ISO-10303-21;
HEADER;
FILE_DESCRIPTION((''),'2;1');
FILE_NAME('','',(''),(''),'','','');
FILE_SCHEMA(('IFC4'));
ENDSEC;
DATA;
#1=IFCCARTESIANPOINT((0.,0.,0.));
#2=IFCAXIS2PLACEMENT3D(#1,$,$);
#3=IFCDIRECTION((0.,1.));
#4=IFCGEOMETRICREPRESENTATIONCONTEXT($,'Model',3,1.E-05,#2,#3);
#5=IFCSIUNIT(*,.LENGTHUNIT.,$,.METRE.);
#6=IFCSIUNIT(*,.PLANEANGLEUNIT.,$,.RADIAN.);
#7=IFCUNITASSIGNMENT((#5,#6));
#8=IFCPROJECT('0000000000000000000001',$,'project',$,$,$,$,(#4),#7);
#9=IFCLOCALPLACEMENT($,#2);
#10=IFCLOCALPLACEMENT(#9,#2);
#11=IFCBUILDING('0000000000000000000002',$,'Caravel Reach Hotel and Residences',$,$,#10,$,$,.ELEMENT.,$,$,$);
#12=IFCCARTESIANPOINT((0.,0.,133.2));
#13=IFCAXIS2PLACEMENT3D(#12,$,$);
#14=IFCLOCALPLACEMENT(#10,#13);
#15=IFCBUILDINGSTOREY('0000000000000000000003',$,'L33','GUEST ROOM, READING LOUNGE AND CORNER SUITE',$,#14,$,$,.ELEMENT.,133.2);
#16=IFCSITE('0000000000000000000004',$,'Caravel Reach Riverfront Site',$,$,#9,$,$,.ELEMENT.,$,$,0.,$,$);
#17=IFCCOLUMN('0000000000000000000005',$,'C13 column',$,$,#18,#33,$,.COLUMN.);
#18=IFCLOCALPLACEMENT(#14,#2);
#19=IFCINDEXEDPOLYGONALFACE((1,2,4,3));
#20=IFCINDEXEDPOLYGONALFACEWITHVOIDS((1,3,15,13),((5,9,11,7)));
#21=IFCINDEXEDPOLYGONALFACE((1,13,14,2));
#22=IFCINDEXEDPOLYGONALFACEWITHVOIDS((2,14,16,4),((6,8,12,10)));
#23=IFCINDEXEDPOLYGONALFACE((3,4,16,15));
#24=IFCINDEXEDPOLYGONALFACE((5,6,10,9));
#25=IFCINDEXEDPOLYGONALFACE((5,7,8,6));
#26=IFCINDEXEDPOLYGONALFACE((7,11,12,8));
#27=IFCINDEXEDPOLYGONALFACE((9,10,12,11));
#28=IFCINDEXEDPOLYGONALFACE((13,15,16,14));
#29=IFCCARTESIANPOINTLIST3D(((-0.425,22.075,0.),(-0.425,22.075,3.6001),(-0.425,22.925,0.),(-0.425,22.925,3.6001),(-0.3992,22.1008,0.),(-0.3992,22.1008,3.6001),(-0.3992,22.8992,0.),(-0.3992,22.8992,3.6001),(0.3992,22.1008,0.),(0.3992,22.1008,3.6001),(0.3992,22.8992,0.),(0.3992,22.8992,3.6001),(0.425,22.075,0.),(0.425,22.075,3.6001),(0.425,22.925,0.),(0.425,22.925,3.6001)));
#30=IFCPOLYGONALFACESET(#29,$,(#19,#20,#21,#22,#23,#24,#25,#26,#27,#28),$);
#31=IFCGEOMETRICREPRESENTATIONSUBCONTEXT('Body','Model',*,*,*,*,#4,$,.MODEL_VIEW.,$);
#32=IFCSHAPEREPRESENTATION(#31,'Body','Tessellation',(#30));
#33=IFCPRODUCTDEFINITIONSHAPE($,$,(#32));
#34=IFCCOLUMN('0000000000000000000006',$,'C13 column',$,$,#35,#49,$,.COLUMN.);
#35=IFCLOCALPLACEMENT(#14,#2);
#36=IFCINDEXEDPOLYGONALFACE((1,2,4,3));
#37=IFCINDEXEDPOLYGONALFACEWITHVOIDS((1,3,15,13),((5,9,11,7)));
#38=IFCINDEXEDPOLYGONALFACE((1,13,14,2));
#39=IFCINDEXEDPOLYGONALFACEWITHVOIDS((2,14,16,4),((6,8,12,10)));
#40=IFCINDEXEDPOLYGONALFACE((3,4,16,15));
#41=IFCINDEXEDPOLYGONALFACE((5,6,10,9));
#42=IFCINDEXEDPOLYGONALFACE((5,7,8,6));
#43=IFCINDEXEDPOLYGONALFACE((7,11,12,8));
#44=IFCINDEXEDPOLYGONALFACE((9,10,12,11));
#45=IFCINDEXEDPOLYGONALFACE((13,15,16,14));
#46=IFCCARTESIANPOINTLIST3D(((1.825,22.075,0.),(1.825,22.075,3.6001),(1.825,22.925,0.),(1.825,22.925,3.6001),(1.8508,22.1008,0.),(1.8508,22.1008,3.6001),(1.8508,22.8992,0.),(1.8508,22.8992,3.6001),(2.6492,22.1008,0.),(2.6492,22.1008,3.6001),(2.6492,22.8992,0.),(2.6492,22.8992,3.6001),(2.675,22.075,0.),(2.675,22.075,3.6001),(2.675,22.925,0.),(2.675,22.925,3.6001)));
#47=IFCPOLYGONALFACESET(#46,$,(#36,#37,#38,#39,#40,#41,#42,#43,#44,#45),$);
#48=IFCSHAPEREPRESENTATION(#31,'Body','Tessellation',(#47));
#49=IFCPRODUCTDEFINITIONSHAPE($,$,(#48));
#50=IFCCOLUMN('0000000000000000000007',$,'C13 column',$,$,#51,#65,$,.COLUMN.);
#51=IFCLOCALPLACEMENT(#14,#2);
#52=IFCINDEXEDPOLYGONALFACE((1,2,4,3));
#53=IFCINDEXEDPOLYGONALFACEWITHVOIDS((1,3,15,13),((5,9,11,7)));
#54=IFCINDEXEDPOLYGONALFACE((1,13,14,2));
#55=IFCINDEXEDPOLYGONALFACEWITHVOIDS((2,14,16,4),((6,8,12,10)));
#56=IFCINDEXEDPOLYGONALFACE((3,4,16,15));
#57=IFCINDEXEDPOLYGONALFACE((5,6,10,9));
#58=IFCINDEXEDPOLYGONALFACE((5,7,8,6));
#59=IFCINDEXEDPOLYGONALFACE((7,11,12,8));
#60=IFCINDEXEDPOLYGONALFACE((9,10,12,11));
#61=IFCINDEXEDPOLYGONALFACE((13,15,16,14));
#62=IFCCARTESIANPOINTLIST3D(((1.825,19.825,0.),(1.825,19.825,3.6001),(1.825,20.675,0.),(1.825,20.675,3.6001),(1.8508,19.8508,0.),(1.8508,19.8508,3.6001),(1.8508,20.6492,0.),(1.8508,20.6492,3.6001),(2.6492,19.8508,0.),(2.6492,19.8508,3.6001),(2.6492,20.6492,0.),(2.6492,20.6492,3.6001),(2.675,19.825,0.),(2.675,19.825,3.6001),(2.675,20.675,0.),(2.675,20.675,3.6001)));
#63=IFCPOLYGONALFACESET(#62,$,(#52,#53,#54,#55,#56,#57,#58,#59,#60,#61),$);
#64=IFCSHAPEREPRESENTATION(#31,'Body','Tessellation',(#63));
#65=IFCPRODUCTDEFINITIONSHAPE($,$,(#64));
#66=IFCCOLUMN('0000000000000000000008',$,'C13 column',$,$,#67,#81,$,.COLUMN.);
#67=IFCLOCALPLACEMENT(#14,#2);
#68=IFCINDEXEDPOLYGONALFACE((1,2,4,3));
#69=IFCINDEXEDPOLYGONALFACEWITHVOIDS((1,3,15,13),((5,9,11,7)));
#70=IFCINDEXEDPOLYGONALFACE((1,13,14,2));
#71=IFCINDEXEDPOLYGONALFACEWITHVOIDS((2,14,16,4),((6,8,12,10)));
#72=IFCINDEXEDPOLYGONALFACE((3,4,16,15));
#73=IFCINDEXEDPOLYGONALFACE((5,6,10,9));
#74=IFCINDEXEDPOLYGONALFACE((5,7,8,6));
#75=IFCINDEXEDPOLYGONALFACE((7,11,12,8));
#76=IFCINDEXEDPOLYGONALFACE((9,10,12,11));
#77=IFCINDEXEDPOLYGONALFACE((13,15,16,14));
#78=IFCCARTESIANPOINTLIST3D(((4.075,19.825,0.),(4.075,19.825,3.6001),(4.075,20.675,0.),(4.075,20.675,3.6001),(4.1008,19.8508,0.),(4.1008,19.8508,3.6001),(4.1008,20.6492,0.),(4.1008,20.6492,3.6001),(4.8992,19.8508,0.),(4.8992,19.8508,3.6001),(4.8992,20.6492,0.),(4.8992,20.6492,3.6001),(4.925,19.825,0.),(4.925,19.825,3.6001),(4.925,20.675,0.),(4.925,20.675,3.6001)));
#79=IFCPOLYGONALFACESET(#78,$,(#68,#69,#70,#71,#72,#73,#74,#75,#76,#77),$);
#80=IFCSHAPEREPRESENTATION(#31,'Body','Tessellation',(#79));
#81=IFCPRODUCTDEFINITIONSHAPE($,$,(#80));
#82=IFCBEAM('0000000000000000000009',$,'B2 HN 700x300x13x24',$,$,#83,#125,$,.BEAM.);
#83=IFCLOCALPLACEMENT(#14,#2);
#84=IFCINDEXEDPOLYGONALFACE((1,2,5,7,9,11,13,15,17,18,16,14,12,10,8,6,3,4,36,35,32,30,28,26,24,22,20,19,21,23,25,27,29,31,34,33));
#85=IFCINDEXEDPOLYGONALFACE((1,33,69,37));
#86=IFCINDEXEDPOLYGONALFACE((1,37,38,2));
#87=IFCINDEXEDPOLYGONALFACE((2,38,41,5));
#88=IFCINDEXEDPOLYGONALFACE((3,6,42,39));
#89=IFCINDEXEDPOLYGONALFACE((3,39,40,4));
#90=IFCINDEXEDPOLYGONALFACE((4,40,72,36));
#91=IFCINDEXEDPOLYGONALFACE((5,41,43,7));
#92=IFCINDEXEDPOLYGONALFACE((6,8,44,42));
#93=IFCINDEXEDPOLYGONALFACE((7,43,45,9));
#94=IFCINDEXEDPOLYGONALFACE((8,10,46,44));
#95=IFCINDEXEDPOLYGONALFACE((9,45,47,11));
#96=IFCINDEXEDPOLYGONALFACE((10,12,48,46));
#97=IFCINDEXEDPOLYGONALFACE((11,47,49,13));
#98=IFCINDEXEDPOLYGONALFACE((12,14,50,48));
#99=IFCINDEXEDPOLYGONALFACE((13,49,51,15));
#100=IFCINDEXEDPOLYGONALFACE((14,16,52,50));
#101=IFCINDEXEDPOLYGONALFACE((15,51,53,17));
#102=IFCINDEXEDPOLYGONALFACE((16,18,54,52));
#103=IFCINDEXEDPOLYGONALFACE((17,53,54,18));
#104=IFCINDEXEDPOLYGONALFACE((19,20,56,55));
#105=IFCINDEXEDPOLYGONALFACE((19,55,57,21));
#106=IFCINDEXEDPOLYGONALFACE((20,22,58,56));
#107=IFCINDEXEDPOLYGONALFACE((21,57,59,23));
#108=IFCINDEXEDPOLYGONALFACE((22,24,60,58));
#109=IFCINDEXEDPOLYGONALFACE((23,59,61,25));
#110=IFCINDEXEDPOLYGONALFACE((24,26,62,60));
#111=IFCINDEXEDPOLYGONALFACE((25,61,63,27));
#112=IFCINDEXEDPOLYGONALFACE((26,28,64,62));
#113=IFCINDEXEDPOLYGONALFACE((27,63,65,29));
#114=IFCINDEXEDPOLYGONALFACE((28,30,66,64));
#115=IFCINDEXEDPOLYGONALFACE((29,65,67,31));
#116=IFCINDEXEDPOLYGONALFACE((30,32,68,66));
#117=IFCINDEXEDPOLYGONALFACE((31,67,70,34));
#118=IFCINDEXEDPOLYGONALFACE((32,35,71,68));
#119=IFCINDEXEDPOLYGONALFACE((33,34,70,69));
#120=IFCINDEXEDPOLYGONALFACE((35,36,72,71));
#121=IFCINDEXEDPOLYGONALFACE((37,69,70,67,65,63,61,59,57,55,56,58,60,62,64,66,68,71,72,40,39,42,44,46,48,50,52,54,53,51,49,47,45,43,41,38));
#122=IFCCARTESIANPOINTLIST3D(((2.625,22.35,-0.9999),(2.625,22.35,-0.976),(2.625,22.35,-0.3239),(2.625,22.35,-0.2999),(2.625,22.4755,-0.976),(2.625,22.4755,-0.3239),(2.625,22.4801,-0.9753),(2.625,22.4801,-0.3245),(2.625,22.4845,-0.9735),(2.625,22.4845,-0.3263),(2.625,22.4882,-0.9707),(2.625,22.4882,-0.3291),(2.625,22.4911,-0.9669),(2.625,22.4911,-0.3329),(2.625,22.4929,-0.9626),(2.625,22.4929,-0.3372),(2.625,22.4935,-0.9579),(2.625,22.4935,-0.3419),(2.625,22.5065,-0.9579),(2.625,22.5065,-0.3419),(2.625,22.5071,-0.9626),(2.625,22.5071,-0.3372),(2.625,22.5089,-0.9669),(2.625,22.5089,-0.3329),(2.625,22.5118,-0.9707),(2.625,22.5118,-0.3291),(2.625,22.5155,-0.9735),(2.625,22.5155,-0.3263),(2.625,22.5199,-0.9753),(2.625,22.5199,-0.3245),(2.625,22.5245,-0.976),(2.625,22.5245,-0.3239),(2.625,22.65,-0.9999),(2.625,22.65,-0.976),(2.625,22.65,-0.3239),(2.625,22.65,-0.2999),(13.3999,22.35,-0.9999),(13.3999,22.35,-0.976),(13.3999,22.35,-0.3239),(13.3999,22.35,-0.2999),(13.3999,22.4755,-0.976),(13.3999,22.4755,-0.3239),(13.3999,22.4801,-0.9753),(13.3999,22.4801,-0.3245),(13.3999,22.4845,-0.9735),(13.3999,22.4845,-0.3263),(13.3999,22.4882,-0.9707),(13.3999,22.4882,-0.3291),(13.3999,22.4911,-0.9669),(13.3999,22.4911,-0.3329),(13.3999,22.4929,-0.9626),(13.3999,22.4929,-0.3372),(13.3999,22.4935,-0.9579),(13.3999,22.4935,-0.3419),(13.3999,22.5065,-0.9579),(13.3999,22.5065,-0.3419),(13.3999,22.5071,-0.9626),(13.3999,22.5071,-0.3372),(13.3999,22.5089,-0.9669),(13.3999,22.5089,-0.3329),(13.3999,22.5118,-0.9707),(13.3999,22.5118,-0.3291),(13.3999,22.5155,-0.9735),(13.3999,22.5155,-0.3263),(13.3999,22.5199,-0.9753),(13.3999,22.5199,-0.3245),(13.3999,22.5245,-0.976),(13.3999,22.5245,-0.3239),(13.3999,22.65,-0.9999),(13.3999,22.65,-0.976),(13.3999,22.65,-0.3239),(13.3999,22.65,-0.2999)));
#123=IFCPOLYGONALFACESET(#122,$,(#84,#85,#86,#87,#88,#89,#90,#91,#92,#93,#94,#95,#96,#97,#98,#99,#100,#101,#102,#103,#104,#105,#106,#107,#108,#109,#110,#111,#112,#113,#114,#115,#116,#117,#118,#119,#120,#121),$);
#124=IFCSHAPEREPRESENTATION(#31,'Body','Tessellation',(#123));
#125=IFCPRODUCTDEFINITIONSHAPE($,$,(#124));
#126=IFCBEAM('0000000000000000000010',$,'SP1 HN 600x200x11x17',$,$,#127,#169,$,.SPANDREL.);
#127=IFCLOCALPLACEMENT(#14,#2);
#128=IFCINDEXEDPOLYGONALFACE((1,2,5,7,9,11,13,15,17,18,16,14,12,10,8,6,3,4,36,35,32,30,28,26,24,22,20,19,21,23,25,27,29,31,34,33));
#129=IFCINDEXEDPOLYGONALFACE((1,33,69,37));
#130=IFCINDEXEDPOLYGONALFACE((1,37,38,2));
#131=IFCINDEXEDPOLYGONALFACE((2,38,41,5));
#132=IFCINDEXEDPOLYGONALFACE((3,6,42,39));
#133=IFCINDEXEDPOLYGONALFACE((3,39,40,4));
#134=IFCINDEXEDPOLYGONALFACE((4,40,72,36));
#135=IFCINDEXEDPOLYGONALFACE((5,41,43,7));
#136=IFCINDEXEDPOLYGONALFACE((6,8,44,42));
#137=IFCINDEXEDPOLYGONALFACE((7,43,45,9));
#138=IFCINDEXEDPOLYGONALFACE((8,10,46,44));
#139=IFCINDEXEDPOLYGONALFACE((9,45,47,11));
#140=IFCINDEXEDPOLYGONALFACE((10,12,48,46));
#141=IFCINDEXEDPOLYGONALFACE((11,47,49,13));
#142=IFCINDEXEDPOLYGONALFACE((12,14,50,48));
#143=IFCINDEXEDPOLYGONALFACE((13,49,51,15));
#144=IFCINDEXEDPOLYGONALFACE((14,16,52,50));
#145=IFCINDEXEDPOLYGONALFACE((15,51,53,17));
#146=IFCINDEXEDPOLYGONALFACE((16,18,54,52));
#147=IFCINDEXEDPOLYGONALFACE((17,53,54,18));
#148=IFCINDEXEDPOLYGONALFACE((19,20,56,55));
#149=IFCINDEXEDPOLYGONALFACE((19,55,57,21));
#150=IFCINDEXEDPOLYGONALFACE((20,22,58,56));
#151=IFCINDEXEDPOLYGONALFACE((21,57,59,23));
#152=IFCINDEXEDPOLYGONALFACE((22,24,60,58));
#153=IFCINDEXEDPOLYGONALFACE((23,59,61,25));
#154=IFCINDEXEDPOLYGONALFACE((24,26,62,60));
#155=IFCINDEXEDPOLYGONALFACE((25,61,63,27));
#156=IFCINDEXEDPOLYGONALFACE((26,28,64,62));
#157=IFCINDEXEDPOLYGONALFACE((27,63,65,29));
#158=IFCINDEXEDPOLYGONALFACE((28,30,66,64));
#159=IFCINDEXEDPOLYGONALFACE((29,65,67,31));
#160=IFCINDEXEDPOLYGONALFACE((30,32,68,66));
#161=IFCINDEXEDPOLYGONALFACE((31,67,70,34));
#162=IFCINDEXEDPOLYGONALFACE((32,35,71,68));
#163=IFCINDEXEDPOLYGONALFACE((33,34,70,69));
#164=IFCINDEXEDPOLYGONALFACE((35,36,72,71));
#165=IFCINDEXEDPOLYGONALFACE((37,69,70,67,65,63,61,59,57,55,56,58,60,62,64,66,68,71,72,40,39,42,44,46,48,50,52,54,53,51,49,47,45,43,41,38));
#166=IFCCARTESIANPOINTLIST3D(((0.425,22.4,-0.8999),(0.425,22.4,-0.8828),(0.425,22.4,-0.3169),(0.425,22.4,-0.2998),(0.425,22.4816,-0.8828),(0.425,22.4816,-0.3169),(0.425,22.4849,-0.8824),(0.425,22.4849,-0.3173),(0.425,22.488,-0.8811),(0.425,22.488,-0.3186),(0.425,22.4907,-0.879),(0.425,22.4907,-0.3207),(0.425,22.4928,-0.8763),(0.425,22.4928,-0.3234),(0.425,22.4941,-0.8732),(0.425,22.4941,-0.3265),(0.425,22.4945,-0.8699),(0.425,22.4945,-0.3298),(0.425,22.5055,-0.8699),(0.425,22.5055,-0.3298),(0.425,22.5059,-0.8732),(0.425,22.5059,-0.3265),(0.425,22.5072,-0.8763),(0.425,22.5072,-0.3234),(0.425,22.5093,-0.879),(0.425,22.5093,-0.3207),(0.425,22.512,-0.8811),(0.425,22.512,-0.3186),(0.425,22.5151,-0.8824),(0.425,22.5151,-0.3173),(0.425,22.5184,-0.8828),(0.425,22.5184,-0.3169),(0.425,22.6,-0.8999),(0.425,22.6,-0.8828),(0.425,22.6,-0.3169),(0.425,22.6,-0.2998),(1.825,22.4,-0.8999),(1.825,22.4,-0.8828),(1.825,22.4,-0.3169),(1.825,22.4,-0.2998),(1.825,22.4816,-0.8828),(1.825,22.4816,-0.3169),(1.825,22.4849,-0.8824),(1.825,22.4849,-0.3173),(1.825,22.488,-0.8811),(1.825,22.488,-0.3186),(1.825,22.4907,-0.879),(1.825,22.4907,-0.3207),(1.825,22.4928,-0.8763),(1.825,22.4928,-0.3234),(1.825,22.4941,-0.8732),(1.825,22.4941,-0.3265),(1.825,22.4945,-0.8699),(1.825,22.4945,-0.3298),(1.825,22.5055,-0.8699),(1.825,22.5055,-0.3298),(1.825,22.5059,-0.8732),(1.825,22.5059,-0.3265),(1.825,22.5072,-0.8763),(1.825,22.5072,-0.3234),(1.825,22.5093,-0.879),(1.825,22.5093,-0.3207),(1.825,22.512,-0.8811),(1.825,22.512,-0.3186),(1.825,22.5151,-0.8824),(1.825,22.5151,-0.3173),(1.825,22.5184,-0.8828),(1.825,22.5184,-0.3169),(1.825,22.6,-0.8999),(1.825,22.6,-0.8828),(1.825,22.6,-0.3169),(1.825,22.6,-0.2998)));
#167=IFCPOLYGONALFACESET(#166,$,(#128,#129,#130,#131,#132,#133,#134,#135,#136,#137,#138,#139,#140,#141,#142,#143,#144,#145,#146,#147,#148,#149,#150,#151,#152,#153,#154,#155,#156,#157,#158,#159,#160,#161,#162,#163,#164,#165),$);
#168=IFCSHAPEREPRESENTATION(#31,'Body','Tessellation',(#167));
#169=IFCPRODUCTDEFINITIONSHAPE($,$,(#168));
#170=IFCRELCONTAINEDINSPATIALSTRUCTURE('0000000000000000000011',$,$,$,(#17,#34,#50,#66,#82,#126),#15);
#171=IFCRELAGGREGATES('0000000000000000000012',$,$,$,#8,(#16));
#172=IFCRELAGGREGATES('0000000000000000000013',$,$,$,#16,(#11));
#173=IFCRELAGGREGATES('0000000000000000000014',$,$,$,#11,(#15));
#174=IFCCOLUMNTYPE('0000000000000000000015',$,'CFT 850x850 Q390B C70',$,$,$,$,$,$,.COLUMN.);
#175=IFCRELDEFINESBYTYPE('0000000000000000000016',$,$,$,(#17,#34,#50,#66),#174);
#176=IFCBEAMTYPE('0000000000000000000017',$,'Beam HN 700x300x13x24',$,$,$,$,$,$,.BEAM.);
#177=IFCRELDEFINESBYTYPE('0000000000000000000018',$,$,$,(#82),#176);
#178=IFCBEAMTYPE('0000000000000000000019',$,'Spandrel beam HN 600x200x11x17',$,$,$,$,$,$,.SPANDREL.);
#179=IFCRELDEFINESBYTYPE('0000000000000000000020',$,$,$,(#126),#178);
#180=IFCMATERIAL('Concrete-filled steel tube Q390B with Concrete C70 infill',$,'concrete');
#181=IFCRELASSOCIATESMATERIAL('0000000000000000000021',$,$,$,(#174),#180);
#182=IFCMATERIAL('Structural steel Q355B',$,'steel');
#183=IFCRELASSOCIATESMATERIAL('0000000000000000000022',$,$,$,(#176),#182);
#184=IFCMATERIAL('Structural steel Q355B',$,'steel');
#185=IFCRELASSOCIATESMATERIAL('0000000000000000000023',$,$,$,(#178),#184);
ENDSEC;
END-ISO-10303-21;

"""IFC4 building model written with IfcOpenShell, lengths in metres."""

from ifc_helpers import new_model, si_unit, direction, frame, origin, origin_2d, place, context, subcontext, project, spatial, hollow_rectangle, i_section, extrude, material, material_profile, profile_set, type_object, element, save


model = new_model("IFC4")

# Units and contexts
model_context = context("Model", 3, precision=1e-05, world=origin(), true_north=direction((0.0, 1.0)))
body_context = subcontext(model_context, "Body", "Model", "MODEL_VIEW")
ifc_project = project(units=[si_unit("LENGTHUNIT", "METRE"), si_unit("PLANEANGLEUNIT", "RADIAN")], contexts=[model_context])

# Site, building, storey
site_placement = place(None, origin())
site = spatial("IfcSite", under=ifc_project, at=site_placement, Name="Caravel Reach Riverfront Site", CompositionType="ELEMENT", RefElevation=0.0)
building_placement = place(site_placement, origin())
building = spatial("IfcBuilding", under=site, at=building_placement, Name="Caravel Reach Hotel and Residences", CompositionType="ELEMENT")
storey_placement = place(building_placement, frame((0.0, 0.0, 133.2)))
storey = spatial("IfcBuildingStorey", under=building, at=storey_placement, Name="L33", Description="GUEST ROOM, READING LOUNGE AND CORNER SUITE", CompositionType="ELEMENT", Elevation=133.2)

# Columns
ifc_material_1 = material(Name="Concrete-filled steel tube Q390B with Concrete C70 infill", Category="concrete")
ifc_material_profile_1 = material_profile(ifc_material_1, hollow_rectangle(XDim=0.8501, YDim=0.8501, WallThickness=0.0259, at=origin_2d()), Name="RHS 850x850x26")
ifc_profile_set_1 = profile_set([ifc_material_profile_1], Name="Concrete-filled steel tube Q390B with Concrete C70 infill")
column_type = type_object("IfcColumnType", Name="CFT 850x850 Q390B C70", PredefinedType="COLUMN", material=ifc_profile_set_1)
for number, where, z_axis, x_axis, name in (
    (1, (0.0, 22.5, 0.0), (0.0, 0.0, 1.0), (1.0, 0.0, 0.0), "C13 column"),
    (2, (2.25, 22.5, 0.0), (0.0, 0.0, 1.0), (1.0, 0.0, 0.0), "C13 column"),
    (3, (2.25, 20.25, 0.0), (0.0, 0.0, 1.0), (1.0, 0.0, 0.0), "C13 column"),
    (4, (4.5, 20.25, 0.0), (0.0, 0.0, 1.0), (1.0, 0.0, 0.0), "C13 column"),
):
    element("IfcColumn", number, at=place(storey_placement, frame(where, z_axis=z_axis, x_axis=x_axis)), inside=storey, type_object=column_type, Name=name, PredefinedType="COLUMN", context=body_context, shape_type="SweptSolid", body=[
        extrude(hollow_rectangle(XDim=0.8501, YDim=0.8501, WallThickness=0.0259, at=origin_2d()), origin(), (0.0, 0.0, 1.0), 3.6001),
    ])

# Beams
ifc_material_2 = material(Name="Structural steel Q355B", Category="steel")
ifc_material_profile_2 = material_profile(ifc_material_2, i_section(OverallWidth=0.3, OverallDepth=0.7, WebThickness=0.0129, FlangeThickness=0.0239, FilletRadius=0.0181, at=origin_2d()), Name="HN 700x300x13x24")
ifc_profile_set_2 = profile_set([ifc_material_profile_2], Name="Structural steel Q355B")
beam_type_1 = type_object("IfcBeamType", Name="Beam HN 700x300x13x24", PredefinedType="BEAM", material=ifc_profile_set_2)
beam_placement = place(storey_placement, frame((13.3999, 22.5, -0.6499), z_axis=(-1.0, 0.0, 0.0), x_axis=(0.0, -1.0, 0.0)))
element("IfcBeam", 5, at=beam_placement, inside=storey, type_object=beam_type_1, Name="B2 HN 700x300x13x24", PredefinedType="BEAM", context=body_context, shape_type="SweptSolid", body=[
    extrude(i_section(OverallWidth=0.3, OverallDepth=0.7, WebThickness=0.0129, FlangeThickness=0.0239, FilletRadius=0.0181, at=origin_2d()), origin(), (0.0, 0.0, 1.0), 10.7749),
])
ifc_material_3 = material(Name="Structural steel Q355B", Category="steel")
ifc_material_profile_3 = material_profile(ifc_material_3, i_section(OverallWidth=0.2, OverallDepth=0.6001, WebThickness=0.011, FlangeThickness=0.0171, FilletRadius=0.0129, at=origin_2d()), Name="HN 600x200x11x17")
ifc_profile_set_3 = profile_set([ifc_material_profile_3], Name="Structural steel Q355B")
beam_type_2 = type_object("IfcBeamType", Name="Spandrel beam HN 600x200x11x17", PredefinedType="SPANDREL", material=ifc_profile_set_3)
for number, where, z_axis, x_axis, name in (
    (6, (0.425, 22.5, -0.5999), (1.0, 0.0, 0.0), (0.0, 1.0, 0.0), "SP1 HN 600x200x11x17"),
):
    element("IfcBeam", number, at=place(storey_placement, frame(where, z_axis=z_axis, x_axis=x_axis)), inside=storey, type_object=beam_type_2, Name=name, PredefinedType="SPANDREL", context=body_context, shape_type="SweptSolid", body=[
        extrude(i_section(OverallWidth=0.2, OverallDepth=0.6001, WebThickness=0.011, FlangeThickness=0.0171, FilletRadius=0.0129, at=origin_2d()), origin(), (0.0, 0.0, 1.0), 1.3999),
    ])

save(model, "model.ifc")
